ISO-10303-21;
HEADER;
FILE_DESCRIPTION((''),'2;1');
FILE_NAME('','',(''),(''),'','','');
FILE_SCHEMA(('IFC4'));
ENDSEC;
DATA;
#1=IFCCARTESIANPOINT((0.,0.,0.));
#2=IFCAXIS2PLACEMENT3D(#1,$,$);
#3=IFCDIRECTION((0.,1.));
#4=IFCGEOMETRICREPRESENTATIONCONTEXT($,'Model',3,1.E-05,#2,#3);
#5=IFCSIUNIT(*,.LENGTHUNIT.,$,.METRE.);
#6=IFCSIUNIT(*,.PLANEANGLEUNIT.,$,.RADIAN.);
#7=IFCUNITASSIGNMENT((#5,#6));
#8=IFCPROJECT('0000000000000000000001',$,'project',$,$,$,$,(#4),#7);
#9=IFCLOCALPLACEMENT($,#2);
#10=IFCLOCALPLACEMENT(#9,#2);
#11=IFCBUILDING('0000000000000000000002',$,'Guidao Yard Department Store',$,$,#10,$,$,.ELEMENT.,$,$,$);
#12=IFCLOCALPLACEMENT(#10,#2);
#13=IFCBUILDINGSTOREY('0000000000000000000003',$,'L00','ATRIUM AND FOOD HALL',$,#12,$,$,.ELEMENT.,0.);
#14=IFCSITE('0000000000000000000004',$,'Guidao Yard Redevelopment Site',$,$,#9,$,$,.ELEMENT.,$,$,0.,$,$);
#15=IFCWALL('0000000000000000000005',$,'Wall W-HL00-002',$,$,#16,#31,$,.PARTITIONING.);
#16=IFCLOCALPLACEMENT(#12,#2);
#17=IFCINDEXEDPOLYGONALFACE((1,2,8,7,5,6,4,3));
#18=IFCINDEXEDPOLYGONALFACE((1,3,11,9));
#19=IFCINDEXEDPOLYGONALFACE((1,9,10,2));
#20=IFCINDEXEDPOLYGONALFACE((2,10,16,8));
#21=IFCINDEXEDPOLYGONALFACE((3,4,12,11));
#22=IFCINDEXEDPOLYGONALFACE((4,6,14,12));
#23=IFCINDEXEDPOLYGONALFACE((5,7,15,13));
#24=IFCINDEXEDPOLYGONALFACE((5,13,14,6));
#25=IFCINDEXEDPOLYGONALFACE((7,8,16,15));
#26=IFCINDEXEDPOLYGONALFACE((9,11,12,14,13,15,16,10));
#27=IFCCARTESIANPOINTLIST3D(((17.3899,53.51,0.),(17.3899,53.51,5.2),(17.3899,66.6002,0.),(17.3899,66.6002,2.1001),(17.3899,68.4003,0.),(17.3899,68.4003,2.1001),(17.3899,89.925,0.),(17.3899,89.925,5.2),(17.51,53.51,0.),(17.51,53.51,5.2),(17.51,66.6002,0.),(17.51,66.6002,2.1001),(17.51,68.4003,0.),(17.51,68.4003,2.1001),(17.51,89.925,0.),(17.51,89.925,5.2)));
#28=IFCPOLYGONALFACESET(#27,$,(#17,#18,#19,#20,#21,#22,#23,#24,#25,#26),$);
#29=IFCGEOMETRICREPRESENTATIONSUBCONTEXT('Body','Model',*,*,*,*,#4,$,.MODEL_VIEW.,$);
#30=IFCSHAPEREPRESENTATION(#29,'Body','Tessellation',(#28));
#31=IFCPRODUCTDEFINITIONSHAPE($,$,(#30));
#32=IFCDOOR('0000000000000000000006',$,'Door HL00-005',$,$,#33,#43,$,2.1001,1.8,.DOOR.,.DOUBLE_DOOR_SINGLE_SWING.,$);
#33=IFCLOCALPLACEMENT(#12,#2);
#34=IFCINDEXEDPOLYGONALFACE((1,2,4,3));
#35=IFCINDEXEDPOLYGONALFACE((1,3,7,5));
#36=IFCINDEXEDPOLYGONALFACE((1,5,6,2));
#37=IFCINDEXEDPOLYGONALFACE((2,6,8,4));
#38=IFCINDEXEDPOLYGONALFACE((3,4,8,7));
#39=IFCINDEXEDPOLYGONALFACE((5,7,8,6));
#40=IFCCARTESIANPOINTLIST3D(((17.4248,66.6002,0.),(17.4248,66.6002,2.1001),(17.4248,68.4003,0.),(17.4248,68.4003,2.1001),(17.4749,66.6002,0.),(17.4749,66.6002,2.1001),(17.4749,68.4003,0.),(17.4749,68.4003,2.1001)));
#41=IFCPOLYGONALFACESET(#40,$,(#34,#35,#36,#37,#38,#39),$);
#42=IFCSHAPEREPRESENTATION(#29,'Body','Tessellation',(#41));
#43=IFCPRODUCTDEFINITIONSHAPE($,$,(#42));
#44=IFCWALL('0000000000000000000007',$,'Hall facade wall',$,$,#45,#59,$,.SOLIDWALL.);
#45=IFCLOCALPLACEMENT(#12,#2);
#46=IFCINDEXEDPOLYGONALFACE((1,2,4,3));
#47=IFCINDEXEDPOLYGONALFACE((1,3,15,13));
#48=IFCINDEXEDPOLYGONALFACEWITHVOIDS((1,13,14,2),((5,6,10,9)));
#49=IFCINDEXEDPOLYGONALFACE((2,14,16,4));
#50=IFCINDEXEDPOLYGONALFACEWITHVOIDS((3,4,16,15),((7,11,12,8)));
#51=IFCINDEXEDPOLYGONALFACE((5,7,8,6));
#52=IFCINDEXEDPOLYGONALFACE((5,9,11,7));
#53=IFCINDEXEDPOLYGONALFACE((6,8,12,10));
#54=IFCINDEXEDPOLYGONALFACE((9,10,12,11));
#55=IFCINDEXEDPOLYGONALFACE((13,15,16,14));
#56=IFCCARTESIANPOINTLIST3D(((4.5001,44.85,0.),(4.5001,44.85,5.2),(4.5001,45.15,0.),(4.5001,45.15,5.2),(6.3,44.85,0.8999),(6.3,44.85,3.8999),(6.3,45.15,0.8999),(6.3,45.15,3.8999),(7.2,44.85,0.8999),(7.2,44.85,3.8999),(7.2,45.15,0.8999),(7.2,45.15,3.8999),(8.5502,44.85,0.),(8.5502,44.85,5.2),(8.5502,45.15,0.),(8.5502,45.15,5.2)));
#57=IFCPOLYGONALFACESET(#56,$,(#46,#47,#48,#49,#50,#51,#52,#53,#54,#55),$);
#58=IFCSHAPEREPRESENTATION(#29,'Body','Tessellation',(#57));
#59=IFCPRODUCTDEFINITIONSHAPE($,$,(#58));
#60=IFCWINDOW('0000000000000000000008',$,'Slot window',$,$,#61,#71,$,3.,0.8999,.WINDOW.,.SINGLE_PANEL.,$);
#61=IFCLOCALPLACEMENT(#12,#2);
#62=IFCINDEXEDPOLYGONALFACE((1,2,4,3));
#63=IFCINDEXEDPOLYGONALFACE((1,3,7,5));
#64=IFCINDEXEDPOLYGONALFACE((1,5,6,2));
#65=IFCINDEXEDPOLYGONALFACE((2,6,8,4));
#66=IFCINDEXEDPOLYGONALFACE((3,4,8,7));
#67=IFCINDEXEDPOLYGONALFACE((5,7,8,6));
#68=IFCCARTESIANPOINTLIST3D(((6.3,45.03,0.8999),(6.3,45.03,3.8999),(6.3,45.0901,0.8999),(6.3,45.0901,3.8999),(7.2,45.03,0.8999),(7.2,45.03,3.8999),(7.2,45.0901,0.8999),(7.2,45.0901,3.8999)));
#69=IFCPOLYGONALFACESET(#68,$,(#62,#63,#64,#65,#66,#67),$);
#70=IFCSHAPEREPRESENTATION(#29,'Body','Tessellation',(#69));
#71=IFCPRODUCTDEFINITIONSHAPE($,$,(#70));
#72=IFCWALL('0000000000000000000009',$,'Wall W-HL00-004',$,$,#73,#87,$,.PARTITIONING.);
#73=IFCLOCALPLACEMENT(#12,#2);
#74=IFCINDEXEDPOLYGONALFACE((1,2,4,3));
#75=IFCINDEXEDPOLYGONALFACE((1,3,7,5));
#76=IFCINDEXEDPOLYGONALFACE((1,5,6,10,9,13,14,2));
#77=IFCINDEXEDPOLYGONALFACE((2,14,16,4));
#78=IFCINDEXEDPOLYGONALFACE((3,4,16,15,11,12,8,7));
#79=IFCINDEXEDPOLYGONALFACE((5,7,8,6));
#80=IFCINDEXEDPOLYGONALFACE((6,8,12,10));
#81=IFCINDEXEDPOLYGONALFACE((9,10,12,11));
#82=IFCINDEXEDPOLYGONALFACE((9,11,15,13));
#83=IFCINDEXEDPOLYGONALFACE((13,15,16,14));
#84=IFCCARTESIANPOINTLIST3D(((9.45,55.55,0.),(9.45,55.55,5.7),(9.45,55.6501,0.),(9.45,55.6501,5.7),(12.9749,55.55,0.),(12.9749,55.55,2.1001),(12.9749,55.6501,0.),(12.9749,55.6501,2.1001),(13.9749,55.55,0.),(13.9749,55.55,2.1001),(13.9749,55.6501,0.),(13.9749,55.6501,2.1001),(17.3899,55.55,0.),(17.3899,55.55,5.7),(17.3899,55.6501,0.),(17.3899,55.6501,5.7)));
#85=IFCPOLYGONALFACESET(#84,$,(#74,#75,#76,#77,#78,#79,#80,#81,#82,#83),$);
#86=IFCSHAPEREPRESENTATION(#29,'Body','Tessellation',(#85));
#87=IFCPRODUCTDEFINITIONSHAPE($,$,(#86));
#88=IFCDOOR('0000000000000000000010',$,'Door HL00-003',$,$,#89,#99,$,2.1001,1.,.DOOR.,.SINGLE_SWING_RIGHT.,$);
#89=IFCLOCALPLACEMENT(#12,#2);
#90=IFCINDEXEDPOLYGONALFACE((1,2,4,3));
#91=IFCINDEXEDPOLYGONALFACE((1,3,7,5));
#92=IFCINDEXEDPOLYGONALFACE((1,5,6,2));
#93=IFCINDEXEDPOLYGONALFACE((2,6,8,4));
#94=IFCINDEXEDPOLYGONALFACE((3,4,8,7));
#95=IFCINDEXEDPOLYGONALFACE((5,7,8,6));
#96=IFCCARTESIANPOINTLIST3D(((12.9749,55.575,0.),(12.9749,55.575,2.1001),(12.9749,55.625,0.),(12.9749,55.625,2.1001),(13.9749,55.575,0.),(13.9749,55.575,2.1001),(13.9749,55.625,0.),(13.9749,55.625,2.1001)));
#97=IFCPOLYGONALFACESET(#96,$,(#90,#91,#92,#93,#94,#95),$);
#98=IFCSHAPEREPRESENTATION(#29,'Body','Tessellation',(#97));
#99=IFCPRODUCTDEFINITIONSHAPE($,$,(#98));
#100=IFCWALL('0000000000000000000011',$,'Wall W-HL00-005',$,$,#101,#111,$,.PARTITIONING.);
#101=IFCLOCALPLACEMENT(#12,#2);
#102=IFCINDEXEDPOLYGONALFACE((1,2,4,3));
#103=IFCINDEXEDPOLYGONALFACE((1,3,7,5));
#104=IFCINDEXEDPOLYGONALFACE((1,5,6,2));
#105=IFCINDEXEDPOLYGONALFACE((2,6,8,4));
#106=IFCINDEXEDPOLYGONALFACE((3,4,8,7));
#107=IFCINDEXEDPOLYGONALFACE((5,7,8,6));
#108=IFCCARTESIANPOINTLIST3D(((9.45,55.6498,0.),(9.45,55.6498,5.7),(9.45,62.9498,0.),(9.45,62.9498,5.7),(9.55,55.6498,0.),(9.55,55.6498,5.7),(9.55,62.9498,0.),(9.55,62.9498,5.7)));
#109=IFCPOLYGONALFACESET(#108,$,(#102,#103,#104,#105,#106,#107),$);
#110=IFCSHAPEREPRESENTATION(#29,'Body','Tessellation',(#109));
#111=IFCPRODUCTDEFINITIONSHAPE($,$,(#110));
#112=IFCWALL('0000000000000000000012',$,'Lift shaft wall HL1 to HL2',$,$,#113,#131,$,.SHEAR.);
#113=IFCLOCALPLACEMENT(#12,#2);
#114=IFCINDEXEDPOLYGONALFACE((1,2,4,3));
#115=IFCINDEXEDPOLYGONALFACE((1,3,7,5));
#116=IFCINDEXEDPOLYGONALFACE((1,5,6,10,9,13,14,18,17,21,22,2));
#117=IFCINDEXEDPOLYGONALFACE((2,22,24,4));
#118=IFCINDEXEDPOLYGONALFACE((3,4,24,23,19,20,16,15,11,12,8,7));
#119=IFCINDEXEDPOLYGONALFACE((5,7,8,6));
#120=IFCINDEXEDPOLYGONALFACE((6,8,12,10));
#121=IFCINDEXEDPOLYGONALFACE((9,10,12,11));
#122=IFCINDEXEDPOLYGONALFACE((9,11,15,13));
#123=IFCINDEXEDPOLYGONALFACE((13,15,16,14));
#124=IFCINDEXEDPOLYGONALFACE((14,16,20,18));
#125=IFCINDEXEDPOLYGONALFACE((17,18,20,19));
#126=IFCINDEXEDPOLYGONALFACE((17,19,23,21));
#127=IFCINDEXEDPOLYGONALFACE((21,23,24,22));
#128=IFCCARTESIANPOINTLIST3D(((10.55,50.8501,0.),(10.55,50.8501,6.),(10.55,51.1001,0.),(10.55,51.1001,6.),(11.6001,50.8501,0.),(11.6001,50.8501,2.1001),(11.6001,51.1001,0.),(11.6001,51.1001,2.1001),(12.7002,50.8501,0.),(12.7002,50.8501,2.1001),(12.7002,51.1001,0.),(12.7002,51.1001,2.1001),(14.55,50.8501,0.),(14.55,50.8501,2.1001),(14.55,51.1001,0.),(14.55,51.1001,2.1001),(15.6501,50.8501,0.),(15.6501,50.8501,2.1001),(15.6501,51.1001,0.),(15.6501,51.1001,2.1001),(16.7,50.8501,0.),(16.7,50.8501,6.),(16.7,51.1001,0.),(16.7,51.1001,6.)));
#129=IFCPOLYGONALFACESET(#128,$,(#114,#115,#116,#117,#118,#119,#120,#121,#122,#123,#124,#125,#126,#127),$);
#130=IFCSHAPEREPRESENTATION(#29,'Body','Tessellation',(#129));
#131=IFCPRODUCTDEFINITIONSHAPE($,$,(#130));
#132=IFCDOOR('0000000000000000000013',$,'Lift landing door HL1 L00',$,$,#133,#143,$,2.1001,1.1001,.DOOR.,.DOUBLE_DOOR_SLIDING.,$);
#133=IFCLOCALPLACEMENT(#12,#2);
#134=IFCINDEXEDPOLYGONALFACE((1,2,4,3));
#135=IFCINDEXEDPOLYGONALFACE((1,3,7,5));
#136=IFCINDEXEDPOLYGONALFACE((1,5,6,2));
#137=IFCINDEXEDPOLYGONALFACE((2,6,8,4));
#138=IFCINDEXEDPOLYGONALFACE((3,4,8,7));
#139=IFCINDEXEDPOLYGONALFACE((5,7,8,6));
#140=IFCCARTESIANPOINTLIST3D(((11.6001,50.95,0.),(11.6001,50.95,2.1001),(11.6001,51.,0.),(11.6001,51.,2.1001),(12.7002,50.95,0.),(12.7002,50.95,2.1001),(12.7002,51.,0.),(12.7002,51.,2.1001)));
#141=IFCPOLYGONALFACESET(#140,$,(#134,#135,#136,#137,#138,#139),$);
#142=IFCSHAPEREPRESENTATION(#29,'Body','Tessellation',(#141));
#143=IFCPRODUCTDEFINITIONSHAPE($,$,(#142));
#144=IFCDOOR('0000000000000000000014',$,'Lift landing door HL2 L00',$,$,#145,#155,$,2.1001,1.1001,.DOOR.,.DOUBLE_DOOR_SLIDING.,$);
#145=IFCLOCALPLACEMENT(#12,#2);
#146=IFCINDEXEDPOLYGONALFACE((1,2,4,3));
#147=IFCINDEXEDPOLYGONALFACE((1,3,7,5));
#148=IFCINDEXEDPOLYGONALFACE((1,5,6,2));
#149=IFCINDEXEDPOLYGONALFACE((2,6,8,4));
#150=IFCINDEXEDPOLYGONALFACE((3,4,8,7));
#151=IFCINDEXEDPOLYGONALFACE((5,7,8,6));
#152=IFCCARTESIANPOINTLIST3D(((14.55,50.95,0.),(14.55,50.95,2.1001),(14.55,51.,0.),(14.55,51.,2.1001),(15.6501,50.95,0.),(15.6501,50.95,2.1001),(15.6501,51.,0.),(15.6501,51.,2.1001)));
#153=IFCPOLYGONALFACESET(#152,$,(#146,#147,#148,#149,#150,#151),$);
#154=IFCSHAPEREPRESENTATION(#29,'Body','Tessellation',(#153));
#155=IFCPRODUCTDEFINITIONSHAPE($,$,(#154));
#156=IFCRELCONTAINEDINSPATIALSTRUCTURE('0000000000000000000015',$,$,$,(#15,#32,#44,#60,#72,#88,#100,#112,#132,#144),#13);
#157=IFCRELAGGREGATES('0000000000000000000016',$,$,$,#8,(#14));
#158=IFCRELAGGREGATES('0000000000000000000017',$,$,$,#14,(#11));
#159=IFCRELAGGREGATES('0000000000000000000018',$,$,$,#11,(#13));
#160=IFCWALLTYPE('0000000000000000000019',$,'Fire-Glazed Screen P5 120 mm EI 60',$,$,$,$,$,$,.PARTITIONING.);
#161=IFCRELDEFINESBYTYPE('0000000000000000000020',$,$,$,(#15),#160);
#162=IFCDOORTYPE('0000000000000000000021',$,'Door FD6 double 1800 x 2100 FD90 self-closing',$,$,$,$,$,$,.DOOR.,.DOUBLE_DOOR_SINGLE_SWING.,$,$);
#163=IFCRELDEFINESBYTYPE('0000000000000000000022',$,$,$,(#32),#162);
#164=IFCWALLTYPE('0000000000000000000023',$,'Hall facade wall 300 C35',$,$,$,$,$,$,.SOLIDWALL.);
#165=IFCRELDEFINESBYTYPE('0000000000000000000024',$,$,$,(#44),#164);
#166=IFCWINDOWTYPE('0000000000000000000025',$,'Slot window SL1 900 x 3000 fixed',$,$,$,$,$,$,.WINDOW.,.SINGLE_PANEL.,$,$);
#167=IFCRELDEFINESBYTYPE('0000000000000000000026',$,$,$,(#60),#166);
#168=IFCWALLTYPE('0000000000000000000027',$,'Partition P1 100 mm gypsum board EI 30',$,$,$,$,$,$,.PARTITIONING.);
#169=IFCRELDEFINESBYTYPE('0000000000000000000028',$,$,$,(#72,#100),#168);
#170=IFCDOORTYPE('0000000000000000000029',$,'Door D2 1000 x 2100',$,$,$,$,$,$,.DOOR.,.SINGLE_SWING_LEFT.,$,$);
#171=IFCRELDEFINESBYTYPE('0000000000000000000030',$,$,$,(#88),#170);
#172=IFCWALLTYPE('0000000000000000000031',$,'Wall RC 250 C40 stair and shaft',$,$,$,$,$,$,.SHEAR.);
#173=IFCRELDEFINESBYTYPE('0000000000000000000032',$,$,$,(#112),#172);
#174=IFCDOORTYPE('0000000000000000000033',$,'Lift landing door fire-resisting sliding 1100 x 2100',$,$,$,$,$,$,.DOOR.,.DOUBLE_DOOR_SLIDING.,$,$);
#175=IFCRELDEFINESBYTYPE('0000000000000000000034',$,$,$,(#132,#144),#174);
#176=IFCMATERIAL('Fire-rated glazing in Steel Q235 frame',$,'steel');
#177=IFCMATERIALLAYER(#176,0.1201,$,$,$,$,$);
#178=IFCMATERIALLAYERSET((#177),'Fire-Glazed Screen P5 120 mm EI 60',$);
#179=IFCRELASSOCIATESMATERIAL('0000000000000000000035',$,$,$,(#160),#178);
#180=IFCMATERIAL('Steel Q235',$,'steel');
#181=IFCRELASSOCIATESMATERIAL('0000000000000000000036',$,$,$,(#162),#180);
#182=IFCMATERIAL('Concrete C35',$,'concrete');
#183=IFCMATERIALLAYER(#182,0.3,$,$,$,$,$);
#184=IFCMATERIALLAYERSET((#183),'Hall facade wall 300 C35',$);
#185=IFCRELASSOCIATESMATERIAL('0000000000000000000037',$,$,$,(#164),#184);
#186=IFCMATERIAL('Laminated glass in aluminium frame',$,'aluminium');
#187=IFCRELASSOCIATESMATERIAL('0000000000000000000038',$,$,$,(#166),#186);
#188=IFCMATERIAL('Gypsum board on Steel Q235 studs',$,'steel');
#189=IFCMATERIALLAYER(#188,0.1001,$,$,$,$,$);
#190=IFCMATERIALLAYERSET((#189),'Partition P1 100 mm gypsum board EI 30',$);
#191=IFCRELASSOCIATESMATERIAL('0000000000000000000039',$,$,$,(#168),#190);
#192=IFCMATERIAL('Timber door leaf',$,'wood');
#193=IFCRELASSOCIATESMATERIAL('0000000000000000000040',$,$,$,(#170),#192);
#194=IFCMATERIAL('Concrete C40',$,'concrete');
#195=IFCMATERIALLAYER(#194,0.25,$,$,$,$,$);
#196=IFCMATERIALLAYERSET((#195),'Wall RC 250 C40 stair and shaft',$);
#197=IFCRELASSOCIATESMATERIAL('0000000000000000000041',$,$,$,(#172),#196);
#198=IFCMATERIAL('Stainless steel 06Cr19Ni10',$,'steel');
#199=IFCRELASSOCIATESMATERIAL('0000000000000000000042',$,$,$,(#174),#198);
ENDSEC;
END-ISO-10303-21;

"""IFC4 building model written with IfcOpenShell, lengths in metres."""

from ifc_helpers import new_model, si_unit, direction, frame, frame_2d, origin, place, context, subcontext, project, spatial, rectangle, extrude, material, layer, layer_set, type_object, element, fill, save


model = new_model("IFC4")

# Units and contexts
model_context = context("Model", 3, precision=1e-05, world=origin(), true_north=direction((0.0, 1.0)))
body_context = subcontext(model_context, "Body", "Model", "MODEL_VIEW")
ifc_project = project(units=[si_unit("LENGTHUNIT", "METRE"), si_unit("PLANEANGLEUNIT", "RADIAN")], contexts=[model_context])

# Site, building, storey
site_placement = place(None, origin())
site = spatial("IfcSite", under=ifc_project, at=site_placement, Name="Guidao Yard Redevelopment Site", CompositionType="ELEMENT", RefElevation=0.0)
building_placement = place(site_placement, origin())
building = spatial("IfcBuilding", under=site, at=building_placement, Name="Guidao Yard Department Store", CompositionType="ELEMENT")
storey_placement = place(building_placement, origin())
storey = spatial("IfcBuildingStorey", under=building, at=storey_placement, Name="L00", Description="ATRIUM AND FOOD HALL", CompositionType="ELEMENT", Elevation=0.0)

# Shared definitions
ifc_material_1 = material(Name="Fire-rated glazing in Steel Q235 frame", Category="steel")
ifc_layer_1 = layer(ifc_material_1, 0.1201)
ifc_layer_set_1 = layer_set([ifc_layer_1], Name="Fire-Glazed Screen P5 120 mm EI 60")
wall_type_1 = type_object("IfcWallType", Name="Fire-Glazed Screen P5 120 mm EI 60", PredefinedType="PARTITIONING", material=ifc_layer_set_1)
ifc_material_2 = material(Name="Steel Q235", Category="steel")
door_type_1 = type_object("IfcDoorType", Name="Door FD6 double 1800 x 2100 FD90 self-closing", OperationType="DOUBLE_DOOR_SINGLE_SWING", PredefinedType="DOOR", material=ifc_material_2)

# Wall, opening, door
wall_1_placement = place(storey_placement, frame((17.45, 53.51, 0.0), z_axis=(0.0, 0.0, 1.0), x_axis=(0.0, 1.0, 0.0)))
wall_1 = element("IfcWall", 1, at=wall_1_placement, inside=storey, type_object=wall_type_1, Name="Wall W-HL00-002", PredefinedType="PARTITIONING", context=body_context, shape_type="SweptSolid", body=[
    extrude(rectangle(XDim=36.415, YDim=0.1201, at=frame_2d((18.2075, 0.0))), origin(), (0.0, 0.0, 1.0), 5.2),
])
opening_1_placement = place(wall_1_placement, frame((14.8901, 0.0, 0.0), z_axis=(0.0, 0.0, 1.0), x_axis=(-1.0, 0.0, 0.0)))
opening_1 = element("IfcOpeningElement", 2, at=opening_1_placement, cuts=wall_1, PredefinedType="OPENING", context=body_context, shape_type="SweptSolid", body=[
    extrude(rectangle(XDim=1.8, YDim=2.1001, at=frame_2d((0.8999, 1.05))), frame((0.0, 0.0701, 0.0), z_axis=(0.0, -1.0, 0.0), x_axis=(1.0, 0.0, 0.0)), (0.0, 0.0, 1.0), 0.1401),
])
door_1_placement = place(opening_1_placement, origin())
door_1 = element("IfcDoor", 3, at=door_1_placement, inside=storey, type_object=door_type_1, Name="Door HL00-005", OperationType="DOUBLE_DOOR_SINGLE_SWING", OverallHeight=2.1001, OverallWidth=1.8, PredefinedType="DOOR", context=body_context, shape_type="SweptSolid", body=[
    extrude(rectangle(XDim=1.8, YDim=2.1001, at=frame_2d((0.8999, 1.05))), frame((0.0, 0.0249, 0.0), z_axis=(0.0, -1.0, 0.0), x_axis=(1.0, 0.0, 0.0)), (0.0, 0.0, 1.0), 0.05),
])
fill(opening_1, door_1)

# Wall, opening, window
ifc_material_3 = material(Name="Concrete C35", Category="concrete")
ifc_layer_2 = layer(ifc_material_3, 0.3)
ifc_layer_set_2 = layer_set([ifc_layer_2], Name="Hall facade wall 300 C35")
wall_type_2 = type_object("IfcWallType", Name="Hall facade wall 300 C35", PredefinedType="SOLIDWALL", material=ifc_layer_set_2)
wall_2_placement = place(storey_placement, frame((8.55, 45.0, 0.0), z_axis=(0.0, 0.0, 1.0), x_axis=(-1.0, 0.0, 0.0)))
wall_2 = element("IfcWall", 4, at=wall_2_placement, inside=storey, type_object=wall_type_2, Name="Hall facade wall", PredefinedType="SOLIDWALL", context=body_context, shape_type="SweptSolid", body=[
    extrude(rectangle(XDim=4.05, YDim=0.3, at=frame_2d((2.0249, 0.0))), origin(), (0.0, 0.0, 1.0), 5.2),
])
opening_2_placement = place(wall_2_placement, frame((1.3501, 0.0, 0.8999)))
opening_2 = element("IfcOpeningElement", 5, at=opening_2_placement, cuts=wall_2, PredefinedType="OPENING", context=body_context, shape_type="SweptSolid", body=[
    extrude(rectangle(XDim=0.8999, YDim=3.0, at=frame_2d((0.45, 1.5))), frame((0.0, 0.1599, 0.0), z_axis=(0.0, -1.0, 0.0), x_axis=(1.0, 0.0, 0.0)), (0.0, 0.0, 1.0), 0.3201),
])
ifc_material_4 = material(Name="Laminated glass in aluminium frame", Category="aluminium")
window_type = type_object("IfcWindowType", Name="Slot window SL1 900 x 3000 fixed", PartitioningType="SINGLE_PANEL", PredefinedType="WINDOW", material=ifc_material_4)
window_placement = place(opening_2_placement, origin())
window = element("IfcWindow", 6, at=window_placement, inside=storey, type_object=window_type, Name="Slot window", OverallHeight=3.0, OverallWidth=0.8999, PartitioningType="SINGLE_PANEL", PredefinedType="WINDOW", context=body_context, shape_type="SweptSolid", body=[
    extrude(rectangle(XDim=0.8999, YDim=3.0, at=frame_2d((0.45, 1.5))), frame((0.0, -0.03, 0.0), z_axis=(0.0, -1.0, 0.0), x_axis=(1.0, 0.0, 0.0)), (0.0, 0.0, 1.0), 0.0601),
])
fill(opening_2, window)

# Wall, opening, door
ifc_material_5 = material(Name="Gypsum board on Steel Q235 studs", Category="steel")
ifc_layer_3 = layer(ifc_material_5, 0.1001)
ifc_layer_set_3 = layer_set([ifc_layer_3], Name="Partition P1 100 mm gypsum board EI 30")
wall_type_3 = type_object("IfcWallType", Name="Partition P1 100 mm gypsum board EI 30", PredefinedType="PARTITIONING", material=ifc_layer_set_3)
wall_3_placement = place(storey_placement, frame((9.45, 55.6001, 0.0), z_axis=(0.0, 0.0, 1.0), x_axis=(1.0, 0.0, 0.0)))
wall_3 = element("IfcWall", 7, at=wall_3_placement, inside=storey, type_object=wall_type_3, Name="Wall W-HL00-004", PredefinedType="PARTITIONING", context=body_context, shape_type="SweptSolid", body=[
    extrude(rectangle(XDim=7.9399, YDim=0.1001, at=frame_2d((3.97, 0.0))), origin(), (0.0, 0.0, 1.0), 5.7),
])
opening_3_placement = place(wall_3_placement, frame((3.5249, 0.0, 0.0)))
opening_3 = element("IfcOpeningElement", 8, at=opening_3_placement, cuts=wall_3, PredefinedType="OPENING", context=body_context, shape_type="SweptSolid", body=[
    extrude(rectangle(XDim=1.0, YDim=2.1001, at=frame_2d((0.5, 1.05))), frame((0.0, 0.0601, 0.0), z_axis=(0.0, -1.0, 0.0), x_axis=(1.0, 0.0, 0.0)), (0.0, 0.0, 1.0), 0.1201),
])
ifc_material_6 = material(Name="Timber door leaf", Category="wood")
door_type_2 = type_object("IfcDoorType", Name="Door D2 1000 x 2100", OperationType="SINGLE_SWING_LEFT", PredefinedType="DOOR", material=ifc_material_6)
door_2_placement = place(opening_3_placement, origin())
door_2 = element("IfcDoor", 9, at=door_2_placement, inside=storey, type_object=door_type_2, Name="Door HL00-003", OperationType="SINGLE_SWING_RIGHT", OverallHeight=2.1001, OverallWidth=1.0, PredefinedType="DOOR", context=body_context, shape_type="SweptSolid", body=[
    extrude(rectangle(XDim=1.0, YDim=2.1001, at=frame_2d((0.5, 1.05))), frame((0.0, 0.0249, 0.0), z_axis=(0.0, -1.0, 0.0), x_axis=(1.0, 0.0, 0.0)), (0.0, 0.0, 1.0), 0.05),
])
fill(opening_3, door_2)

# Wall
wall_4_placement = place(storey_placement, frame((9.5, 55.6499, 0.0), z_axis=(0.0, 0.0, 1.0), x_axis=(0.0, 1.0, 0.0)))
element("IfcWall", 10, at=wall_4_placement, inside=storey, type_object=wall_type_3, Name="Wall W-HL00-005", PredefinedType="PARTITIONING", context=body_context, shape_type="SweptSolid", body=[
    extrude(rectangle(XDim=7.3, YDim=0.1001, at=frame_2d((3.6499, 0.0))), origin(), (0.0, 0.0, 1.0), 5.7),
])

# Wall, openings, doors
ifc_material_7 = material(Name="Concrete C40", Category="concrete")
ifc_layer_4 = layer(ifc_material_7, 0.25)
ifc_layer_set_4 = layer_set([ifc_layer_4], Name="Wall RC 250 C40 stair and shaft")
wall_type_4 = type_object("IfcWallType", Name="Wall RC 250 C40 stair and shaft", PredefinedType="SHEAR", material=ifc_layer_set_4)
wall_5_placement = place(storey_placement, frame((10.55, 50.9751, 0.0), z_axis=(0.0, 0.0, 1.0), x_axis=(1.0, 0.0, 0.0)))
wall_5 = element("IfcWall", 11, at=wall_5_placement, inside=storey, type_object=wall_type_4, Name="Lift shaft wall HL1 to HL2", PredefinedType="SHEAR", context=body_context, shape_type="SweptSolid", body=[
    extrude(rectangle(XDim=6.1499, YDim=0.25, at=frame_2d((3.075, 0.0))), origin(), (0.0, 0.0, 1.0), 6.0),
])
opening_4_placement = place(wall_5_placement, frame((1.05, 0.0, 0.0)))
opening_4 = element("IfcOpeningElement", 12, at=opening_4_placement, cuts=wall_5, PredefinedType="OPENING", context=body_context, shape_type="SweptSolid", body=[
    extrude(rectangle(XDim=1.1001, YDim=2.1001, at=frame_2d((0.55, 1.05))), frame((0.0, 0.135, 0.0), z_axis=(0.0, -1.0, 0.0), x_axis=(1.0, 0.0, 0.0)), (0.0, 0.0, 1.0), 0.27),
])
opening_5_placement = place(wall_5_placement, frame((4.0, 0.0, 0.0)))
opening_5 = element("IfcOpeningElement", 13, at=opening_5_placement, cuts=wall_5, PredefinedType="OPENING", context=body_context, shape_type="SweptSolid", body=[
    extrude(rectangle(XDim=1.1001, YDim=2.1001, at=frame_2d((0.55, 1.05))), frame((0.0, 0.135, 0.0), z_axis=(0.0, -1.0, 0.0), x_axis=(1.0, 0.0, 0.0)), (0.0, 0.0, 1.0), 0.27),
])
ifc_material_8 = material(Name="Stainless steel 06Cr19Ni10", Category="steel")
door_type_3 = type_object("IfcDoorType", Name="Lift landing door fire-resisting sliding 1100 x 2100", OperationType="DOUBLE_DOOR_SLIDING", PredefinedType="DOOR", material=ifc_material_8)
door_3_placement = place(opening_4_placement, origin())
door_3 = element("IfcDoor", 14, at=door_3_placement, inside=storey, type_object=door_type_3, Name="Lift landing door HL1 L00", OperationType="DOUBLE_DOOR_SLIDING", OverallHeight=2.1001, OverallWidth=1.1001, PredefinedType="DOOR", context=body_context, shape_type="SweptSolid", body=[
    extrude(rectangle(XDim=1.1001, YDim=2.1001, at=frame_2d((0.55, 1.05))), frame((0.0, 0.0249, 0.0), z_axis=(0.0, -1.0, 0.0), x_axis=(1.0, 0.0, 0.0)), (0.0, 0.0, 1.0), 0.05),
])
fill(opening_4, door_3)
door_4_placement = place(opening_5_placement, origin())
door_4 = element("IfcDoor", 15, at=door_4_placement, inside=storey, type_object=door_type_3, Name="Lift landing door HL2 L00", OperationType="DOUBLE_DOOR_SLIDING", OverallHeight=2.1001, OverallWidth=1.1001, PredefinedType="DOOR", context=body_context, shape_type="SweptSolid", body=[
    extrude(rectangle(XDim=1.1001, YDim=2.1001, at=frame_2d((0.55, 1.05))), frame((0.0, 0.0249, 0.0), z_axis=(0.0, -1.0, 0.0), x_axis=(1.0, 0.0, 0.0)), (0.0, 0.0, 1.0), 0.05),
])
fill(opening_5, door_4)

save(model, "model.ifc")
